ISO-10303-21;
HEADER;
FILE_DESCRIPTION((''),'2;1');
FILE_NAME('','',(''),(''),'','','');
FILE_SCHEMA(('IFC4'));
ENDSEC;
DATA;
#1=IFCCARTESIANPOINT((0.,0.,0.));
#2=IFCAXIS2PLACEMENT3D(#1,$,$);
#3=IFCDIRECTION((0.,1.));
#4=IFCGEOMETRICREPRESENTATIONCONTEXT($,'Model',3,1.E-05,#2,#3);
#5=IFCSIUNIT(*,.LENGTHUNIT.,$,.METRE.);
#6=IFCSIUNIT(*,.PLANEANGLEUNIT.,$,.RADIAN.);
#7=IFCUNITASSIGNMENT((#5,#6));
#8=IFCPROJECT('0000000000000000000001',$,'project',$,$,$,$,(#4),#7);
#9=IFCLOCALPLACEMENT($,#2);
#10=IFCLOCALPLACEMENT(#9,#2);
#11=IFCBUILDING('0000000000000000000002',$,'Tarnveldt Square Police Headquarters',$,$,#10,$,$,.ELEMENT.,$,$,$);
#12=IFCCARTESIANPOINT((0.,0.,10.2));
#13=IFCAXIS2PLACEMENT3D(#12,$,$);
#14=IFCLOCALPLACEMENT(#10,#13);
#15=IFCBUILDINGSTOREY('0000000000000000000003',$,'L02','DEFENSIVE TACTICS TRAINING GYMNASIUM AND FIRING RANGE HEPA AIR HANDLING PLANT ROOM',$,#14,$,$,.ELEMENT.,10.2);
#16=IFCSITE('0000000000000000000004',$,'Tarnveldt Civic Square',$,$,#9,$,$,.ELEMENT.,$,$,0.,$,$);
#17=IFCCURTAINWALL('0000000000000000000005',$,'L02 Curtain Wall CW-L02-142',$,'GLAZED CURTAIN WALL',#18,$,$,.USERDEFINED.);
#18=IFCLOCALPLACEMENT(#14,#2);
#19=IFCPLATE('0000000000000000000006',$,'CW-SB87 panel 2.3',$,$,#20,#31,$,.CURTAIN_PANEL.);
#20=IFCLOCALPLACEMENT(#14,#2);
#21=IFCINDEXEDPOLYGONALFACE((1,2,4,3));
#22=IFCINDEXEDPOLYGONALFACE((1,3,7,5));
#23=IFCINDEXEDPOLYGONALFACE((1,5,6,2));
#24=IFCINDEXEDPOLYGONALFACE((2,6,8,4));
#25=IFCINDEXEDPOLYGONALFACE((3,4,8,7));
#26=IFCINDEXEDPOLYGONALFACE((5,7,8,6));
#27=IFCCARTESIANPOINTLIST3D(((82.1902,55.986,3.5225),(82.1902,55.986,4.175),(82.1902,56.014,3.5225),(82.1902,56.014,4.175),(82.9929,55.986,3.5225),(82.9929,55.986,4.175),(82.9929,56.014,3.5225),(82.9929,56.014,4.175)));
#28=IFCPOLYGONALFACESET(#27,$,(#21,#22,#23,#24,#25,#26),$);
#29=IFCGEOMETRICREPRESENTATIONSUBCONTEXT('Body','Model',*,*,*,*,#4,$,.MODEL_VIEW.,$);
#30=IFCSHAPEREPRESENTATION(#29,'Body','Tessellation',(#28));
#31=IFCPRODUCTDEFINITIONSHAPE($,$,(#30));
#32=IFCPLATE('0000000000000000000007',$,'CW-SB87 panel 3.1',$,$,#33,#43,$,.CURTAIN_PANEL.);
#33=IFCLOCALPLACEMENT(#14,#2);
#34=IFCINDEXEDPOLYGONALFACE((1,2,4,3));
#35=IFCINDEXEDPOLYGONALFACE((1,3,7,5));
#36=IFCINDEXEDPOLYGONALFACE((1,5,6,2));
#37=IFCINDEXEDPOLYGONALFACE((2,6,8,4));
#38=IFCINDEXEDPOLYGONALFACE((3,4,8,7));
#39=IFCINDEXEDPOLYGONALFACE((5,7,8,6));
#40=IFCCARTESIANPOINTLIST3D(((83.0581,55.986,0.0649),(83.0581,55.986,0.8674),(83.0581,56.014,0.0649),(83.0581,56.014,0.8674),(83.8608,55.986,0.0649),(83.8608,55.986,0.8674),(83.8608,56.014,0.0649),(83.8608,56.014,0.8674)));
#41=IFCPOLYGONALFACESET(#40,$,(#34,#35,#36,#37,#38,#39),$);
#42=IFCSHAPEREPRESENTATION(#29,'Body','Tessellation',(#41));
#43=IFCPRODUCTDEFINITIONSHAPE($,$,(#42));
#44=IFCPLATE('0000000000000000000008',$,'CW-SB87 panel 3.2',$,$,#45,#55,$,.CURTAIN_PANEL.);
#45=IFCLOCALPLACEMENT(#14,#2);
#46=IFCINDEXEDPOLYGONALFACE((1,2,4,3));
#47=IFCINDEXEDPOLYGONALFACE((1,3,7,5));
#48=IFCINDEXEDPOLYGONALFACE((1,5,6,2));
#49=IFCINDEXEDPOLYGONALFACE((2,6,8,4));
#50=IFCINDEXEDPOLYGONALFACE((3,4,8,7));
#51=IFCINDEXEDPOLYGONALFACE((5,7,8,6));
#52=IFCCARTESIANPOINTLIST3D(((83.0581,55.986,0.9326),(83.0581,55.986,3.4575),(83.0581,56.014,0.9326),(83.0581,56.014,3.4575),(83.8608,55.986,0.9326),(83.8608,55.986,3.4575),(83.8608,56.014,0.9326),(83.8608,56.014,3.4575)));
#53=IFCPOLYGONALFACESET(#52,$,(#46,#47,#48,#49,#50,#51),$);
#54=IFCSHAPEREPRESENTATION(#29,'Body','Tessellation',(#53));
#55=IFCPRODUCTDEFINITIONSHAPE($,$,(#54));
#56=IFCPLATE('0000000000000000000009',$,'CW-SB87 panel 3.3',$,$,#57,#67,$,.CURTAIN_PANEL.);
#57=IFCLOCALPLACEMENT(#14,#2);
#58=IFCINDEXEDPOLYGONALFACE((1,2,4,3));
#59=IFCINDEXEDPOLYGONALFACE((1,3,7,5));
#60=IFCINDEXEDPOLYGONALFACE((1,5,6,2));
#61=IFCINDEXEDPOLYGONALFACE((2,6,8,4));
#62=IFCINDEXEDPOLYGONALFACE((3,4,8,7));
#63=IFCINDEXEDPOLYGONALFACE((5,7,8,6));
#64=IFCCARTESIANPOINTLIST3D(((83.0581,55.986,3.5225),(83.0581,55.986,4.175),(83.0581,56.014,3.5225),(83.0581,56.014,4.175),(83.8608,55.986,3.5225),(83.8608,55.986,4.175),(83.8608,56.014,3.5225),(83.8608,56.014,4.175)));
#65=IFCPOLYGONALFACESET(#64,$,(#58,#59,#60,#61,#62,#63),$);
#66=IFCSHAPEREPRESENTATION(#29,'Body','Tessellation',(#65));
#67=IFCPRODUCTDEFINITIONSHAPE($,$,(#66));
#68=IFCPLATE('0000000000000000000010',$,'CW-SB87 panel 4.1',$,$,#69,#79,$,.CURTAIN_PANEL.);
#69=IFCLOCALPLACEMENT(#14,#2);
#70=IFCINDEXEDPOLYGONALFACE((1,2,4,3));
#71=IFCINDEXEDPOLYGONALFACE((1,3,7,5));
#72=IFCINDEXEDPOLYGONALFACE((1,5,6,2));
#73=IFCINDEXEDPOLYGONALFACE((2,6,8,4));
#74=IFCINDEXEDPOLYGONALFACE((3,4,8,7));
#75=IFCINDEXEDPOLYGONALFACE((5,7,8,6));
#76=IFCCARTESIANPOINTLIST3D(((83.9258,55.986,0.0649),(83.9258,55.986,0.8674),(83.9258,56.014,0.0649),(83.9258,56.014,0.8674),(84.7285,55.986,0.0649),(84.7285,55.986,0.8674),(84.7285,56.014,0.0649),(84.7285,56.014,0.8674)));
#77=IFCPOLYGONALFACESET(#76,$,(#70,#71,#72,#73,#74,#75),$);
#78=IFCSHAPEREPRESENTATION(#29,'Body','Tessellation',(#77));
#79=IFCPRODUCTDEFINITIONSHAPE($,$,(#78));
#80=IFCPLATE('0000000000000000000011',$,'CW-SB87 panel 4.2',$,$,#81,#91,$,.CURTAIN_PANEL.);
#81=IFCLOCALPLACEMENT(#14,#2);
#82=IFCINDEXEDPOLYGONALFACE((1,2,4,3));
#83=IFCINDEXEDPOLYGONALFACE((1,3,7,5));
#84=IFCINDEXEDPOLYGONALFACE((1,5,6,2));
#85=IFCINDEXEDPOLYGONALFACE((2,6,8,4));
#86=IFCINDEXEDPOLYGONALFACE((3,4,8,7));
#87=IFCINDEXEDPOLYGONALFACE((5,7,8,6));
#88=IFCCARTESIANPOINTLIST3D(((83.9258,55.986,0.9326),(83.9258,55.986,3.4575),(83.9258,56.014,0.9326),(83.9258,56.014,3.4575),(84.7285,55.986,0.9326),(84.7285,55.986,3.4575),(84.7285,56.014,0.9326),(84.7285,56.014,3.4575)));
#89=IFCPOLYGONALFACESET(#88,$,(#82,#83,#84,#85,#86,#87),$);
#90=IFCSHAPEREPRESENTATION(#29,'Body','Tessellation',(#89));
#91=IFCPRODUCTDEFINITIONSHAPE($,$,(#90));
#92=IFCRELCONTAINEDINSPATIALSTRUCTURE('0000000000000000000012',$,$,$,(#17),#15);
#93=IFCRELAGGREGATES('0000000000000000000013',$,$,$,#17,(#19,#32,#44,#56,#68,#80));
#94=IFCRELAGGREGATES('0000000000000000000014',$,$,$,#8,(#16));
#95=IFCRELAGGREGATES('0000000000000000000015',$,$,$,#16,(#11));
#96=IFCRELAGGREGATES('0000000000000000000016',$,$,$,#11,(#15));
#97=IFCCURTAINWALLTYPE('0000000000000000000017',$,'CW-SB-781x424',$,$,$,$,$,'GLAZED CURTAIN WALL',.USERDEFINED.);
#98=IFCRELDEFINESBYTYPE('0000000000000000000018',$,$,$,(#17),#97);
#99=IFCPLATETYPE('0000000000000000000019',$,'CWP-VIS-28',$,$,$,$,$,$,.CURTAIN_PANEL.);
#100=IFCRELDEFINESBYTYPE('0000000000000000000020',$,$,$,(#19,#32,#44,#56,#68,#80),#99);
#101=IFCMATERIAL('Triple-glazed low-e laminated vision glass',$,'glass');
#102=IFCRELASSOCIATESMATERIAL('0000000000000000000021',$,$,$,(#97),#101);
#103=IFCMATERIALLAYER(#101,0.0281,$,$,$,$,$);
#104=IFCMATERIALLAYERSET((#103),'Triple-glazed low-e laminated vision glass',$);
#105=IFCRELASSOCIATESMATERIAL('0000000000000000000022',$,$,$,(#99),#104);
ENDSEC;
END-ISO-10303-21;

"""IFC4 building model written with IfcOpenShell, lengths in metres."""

from ifc_helpers import new_model, si_unit, direction, frame, origin, origin_2d, place, context, subcontext, project, spatial, rectangle, extrude, material, layer, layer_set, type_object, element, aggregate, save


model = new_model("IFC4")

# Units and contexts
model_context = context("Model", 3, precision=1e-05, world=origin(), true_north=direction((0.0, 1.0)))
body_context = subcontext(model_context, "Body", "Model", "MODEL_VIEW")
ifc_project = project(units=[si_unit("LENGTHUNIT", "METRE"), si_unit("PLANEANGLEUNIT", "RADIAN")], contexts=[model_context])

# Site, building, storey
site_placement = place(None, origin())
site = spatial("IfcSite", under=ifc_project, at=site_placement, Name="Tarnveldt Civic Square", CompositionType="ELEMENT", RefElevation=0.0)
building_placement = place(site_placement, origin())
building = spatial("IfcBuilding", under=site, at=building_placement, Name="Tarnveldt Square Police Headquarters", CompositionType="ELEMENT")
storey_placement = place(building_placement, frame((0.0, 0.0, 10.2)))
storey = spatial("IfcBuildingStorey", under=building, at=storey_placement, Name="L02", Description="DEFENSIVE TACTICS TRAINING GYMNASIUM AND FIRING RANGE HEPA AIR HANDLING PLANT ROOM", CompositionType="ELEMENT", Elevation=10.2)

# Curtain wall, plates
ifc_material_1 = material(Name="Triple-glazed low-e laminated vision glass", Category="glass")
curtain_wall_type = type_object("IfcCurtainWallType", Name="CW-SB-781x424", ElementType="GLAZED CURTAIN WALL", PredefinedType="USERDEFINED", material=ifc_material_1)
curtain_wall_placement = place(storey_placement, origin())
curtain_wall = element("IfcCurtainWall", 1, at=curtain_wall_placement, inside=storey, type_object=curtain_wall_type, Name="L02 Curtain Wall CW-L02-142", ObjectType="GLAZED CURTAIN WALL", PredefinedType="USERDEFINED")
ifc_layer = layer(ifc_material_1, 0.0281)
ifc_layer_set = layer_set([ifc_layer], Name="Triple-glazed low-e laminated vision glass")
plate_type = type_object("IfcPlateType", Name="CWP-VIS-28", PredefinedType="CURTAIN_PANEL", material=ifc_layer_set)
plate_1_placement = place(storey_placement, frame((82.5916, 56.0, 3.5225), z_axis=(0.0, 0.0, 1.0), x_axis=(1.0, 0.0, 0.0)))
plate_1 = element("IfcPlate", 2, at=plate_1_placement, type_object=plate_type, Name="CW-SB87 panel 2.3", PredefinedType="CURTAIN_PANEL", context=body_context, shape_type="SweptSolid", body=[
    extrude(rectangle(XDim=0.8027, YDim=0.0281, at=origin_2d()), origin(), (0.0, 0.0, 1.0), 0.6526),
])
plate_2_placement = place(storey_placement, frame((83.4595, 56.0, 0.0649), z_axis=(0.0, 0.0, 1.0), x_axis=(1.0, 0.0, 0.0)))
plate_2 = element("IfcPlate", 3, at=plate_2_placement, type_object=plate_type, Name="CW-SB87 panel 3.1", PredefinedType="CURTAIN_PANEL", context=body_context, shape_type="SweptSolid", body=[
    extrude(rectangle(XDim=0.8027, YDim=0.0281, at=origin_2d()), origin(), (0.0, 0.0, 1.0), 0.8025),
])
plate_3_placement = place(storey_placement, frame((83.4595, 56.0, 0.9326), z_axis=(0.0, 0.0, 1.0), x_axis=(1.0, 0.0, 0.0)))
plate_3 = element("IfcPlate", 4, at=plate_3_placement, type_object=plate_type, Name="CW-SB87 panel 3.2", PredefinedType="CURTAIN_PANEL", context=body_context, shape_type="SweptSolid", body=[
    extrude(rectangle(XDim=0.8027, YDim=0.0281, at=origin_2d()), origin(), (0.0, 0.0, 1.0), 2.5249),
])
plate_4_placement = place(storey_placement, frame((83.4595, 56.0, 3.5225), z_axis=(0.0, 0.0, 1.0), x_axis=(1.0, 0.0, 0.0)))
plate_4 = element("IfcPlate", 5, at=plate_4_placement, type_object=plate_type, Name="CW-SB87 panel 3.3", PredefinedType="CURTAIN_PANEL", context=body_context, shape_type="SweptSolid", body=[
    extrude(rectangle(XDim=0.8027, YDim=0.0281, at=origin_2d()), origin(), (0.0, 0.0, 1.0), 0.6526),
])
plate_5_placement = place(storey_placement, frame((84.3271, 56.0, 0.0649), z_axis=(0.0, 0.0, 1.0), x_axis=(1.0, 0.0, 0.0)))
plate_5 = element("IfcPlate", 6, at=plate_5_placement, type_object=plate_type, Name="CW-SB87 panel 4.1", PredefinedType="CURTAIN_PANEL", context=body_context, shape_type="SweptSolid", body=[
    extrude(rectangle(XDim=0.8027, YDim=0.0281, at=origin_2d()), origin(), (0.0, 0.0, 1.0), 0.8025),
])
plate_6_placement = place(storey_placement, frame((84.3271, 56.0, 0.9326), z_axis=(0.0, 0.0, 1.0), x_axis=(1.0, 0.0, 0.0)))
plate_6 = element("IfcPlate", 7, at=plate_6_placement, type_object=plate_type, Name="CW-SB87 panel 4.2", PredefinedType="CURTAIN_PANEL", context=body_context, shape_type="SweptSolid", body=[
    extrude(rectangle(XDim=0.8027, YDim=0.0281, at=origin_2d()), origin(), (0.0, 0.0, 1.0), 2.5249),
])
aggregate(curtain_wall, [plate_1, plate_2, plate_3, plate_4, plate_5, plate_6])

save(model, "model.ifc")
